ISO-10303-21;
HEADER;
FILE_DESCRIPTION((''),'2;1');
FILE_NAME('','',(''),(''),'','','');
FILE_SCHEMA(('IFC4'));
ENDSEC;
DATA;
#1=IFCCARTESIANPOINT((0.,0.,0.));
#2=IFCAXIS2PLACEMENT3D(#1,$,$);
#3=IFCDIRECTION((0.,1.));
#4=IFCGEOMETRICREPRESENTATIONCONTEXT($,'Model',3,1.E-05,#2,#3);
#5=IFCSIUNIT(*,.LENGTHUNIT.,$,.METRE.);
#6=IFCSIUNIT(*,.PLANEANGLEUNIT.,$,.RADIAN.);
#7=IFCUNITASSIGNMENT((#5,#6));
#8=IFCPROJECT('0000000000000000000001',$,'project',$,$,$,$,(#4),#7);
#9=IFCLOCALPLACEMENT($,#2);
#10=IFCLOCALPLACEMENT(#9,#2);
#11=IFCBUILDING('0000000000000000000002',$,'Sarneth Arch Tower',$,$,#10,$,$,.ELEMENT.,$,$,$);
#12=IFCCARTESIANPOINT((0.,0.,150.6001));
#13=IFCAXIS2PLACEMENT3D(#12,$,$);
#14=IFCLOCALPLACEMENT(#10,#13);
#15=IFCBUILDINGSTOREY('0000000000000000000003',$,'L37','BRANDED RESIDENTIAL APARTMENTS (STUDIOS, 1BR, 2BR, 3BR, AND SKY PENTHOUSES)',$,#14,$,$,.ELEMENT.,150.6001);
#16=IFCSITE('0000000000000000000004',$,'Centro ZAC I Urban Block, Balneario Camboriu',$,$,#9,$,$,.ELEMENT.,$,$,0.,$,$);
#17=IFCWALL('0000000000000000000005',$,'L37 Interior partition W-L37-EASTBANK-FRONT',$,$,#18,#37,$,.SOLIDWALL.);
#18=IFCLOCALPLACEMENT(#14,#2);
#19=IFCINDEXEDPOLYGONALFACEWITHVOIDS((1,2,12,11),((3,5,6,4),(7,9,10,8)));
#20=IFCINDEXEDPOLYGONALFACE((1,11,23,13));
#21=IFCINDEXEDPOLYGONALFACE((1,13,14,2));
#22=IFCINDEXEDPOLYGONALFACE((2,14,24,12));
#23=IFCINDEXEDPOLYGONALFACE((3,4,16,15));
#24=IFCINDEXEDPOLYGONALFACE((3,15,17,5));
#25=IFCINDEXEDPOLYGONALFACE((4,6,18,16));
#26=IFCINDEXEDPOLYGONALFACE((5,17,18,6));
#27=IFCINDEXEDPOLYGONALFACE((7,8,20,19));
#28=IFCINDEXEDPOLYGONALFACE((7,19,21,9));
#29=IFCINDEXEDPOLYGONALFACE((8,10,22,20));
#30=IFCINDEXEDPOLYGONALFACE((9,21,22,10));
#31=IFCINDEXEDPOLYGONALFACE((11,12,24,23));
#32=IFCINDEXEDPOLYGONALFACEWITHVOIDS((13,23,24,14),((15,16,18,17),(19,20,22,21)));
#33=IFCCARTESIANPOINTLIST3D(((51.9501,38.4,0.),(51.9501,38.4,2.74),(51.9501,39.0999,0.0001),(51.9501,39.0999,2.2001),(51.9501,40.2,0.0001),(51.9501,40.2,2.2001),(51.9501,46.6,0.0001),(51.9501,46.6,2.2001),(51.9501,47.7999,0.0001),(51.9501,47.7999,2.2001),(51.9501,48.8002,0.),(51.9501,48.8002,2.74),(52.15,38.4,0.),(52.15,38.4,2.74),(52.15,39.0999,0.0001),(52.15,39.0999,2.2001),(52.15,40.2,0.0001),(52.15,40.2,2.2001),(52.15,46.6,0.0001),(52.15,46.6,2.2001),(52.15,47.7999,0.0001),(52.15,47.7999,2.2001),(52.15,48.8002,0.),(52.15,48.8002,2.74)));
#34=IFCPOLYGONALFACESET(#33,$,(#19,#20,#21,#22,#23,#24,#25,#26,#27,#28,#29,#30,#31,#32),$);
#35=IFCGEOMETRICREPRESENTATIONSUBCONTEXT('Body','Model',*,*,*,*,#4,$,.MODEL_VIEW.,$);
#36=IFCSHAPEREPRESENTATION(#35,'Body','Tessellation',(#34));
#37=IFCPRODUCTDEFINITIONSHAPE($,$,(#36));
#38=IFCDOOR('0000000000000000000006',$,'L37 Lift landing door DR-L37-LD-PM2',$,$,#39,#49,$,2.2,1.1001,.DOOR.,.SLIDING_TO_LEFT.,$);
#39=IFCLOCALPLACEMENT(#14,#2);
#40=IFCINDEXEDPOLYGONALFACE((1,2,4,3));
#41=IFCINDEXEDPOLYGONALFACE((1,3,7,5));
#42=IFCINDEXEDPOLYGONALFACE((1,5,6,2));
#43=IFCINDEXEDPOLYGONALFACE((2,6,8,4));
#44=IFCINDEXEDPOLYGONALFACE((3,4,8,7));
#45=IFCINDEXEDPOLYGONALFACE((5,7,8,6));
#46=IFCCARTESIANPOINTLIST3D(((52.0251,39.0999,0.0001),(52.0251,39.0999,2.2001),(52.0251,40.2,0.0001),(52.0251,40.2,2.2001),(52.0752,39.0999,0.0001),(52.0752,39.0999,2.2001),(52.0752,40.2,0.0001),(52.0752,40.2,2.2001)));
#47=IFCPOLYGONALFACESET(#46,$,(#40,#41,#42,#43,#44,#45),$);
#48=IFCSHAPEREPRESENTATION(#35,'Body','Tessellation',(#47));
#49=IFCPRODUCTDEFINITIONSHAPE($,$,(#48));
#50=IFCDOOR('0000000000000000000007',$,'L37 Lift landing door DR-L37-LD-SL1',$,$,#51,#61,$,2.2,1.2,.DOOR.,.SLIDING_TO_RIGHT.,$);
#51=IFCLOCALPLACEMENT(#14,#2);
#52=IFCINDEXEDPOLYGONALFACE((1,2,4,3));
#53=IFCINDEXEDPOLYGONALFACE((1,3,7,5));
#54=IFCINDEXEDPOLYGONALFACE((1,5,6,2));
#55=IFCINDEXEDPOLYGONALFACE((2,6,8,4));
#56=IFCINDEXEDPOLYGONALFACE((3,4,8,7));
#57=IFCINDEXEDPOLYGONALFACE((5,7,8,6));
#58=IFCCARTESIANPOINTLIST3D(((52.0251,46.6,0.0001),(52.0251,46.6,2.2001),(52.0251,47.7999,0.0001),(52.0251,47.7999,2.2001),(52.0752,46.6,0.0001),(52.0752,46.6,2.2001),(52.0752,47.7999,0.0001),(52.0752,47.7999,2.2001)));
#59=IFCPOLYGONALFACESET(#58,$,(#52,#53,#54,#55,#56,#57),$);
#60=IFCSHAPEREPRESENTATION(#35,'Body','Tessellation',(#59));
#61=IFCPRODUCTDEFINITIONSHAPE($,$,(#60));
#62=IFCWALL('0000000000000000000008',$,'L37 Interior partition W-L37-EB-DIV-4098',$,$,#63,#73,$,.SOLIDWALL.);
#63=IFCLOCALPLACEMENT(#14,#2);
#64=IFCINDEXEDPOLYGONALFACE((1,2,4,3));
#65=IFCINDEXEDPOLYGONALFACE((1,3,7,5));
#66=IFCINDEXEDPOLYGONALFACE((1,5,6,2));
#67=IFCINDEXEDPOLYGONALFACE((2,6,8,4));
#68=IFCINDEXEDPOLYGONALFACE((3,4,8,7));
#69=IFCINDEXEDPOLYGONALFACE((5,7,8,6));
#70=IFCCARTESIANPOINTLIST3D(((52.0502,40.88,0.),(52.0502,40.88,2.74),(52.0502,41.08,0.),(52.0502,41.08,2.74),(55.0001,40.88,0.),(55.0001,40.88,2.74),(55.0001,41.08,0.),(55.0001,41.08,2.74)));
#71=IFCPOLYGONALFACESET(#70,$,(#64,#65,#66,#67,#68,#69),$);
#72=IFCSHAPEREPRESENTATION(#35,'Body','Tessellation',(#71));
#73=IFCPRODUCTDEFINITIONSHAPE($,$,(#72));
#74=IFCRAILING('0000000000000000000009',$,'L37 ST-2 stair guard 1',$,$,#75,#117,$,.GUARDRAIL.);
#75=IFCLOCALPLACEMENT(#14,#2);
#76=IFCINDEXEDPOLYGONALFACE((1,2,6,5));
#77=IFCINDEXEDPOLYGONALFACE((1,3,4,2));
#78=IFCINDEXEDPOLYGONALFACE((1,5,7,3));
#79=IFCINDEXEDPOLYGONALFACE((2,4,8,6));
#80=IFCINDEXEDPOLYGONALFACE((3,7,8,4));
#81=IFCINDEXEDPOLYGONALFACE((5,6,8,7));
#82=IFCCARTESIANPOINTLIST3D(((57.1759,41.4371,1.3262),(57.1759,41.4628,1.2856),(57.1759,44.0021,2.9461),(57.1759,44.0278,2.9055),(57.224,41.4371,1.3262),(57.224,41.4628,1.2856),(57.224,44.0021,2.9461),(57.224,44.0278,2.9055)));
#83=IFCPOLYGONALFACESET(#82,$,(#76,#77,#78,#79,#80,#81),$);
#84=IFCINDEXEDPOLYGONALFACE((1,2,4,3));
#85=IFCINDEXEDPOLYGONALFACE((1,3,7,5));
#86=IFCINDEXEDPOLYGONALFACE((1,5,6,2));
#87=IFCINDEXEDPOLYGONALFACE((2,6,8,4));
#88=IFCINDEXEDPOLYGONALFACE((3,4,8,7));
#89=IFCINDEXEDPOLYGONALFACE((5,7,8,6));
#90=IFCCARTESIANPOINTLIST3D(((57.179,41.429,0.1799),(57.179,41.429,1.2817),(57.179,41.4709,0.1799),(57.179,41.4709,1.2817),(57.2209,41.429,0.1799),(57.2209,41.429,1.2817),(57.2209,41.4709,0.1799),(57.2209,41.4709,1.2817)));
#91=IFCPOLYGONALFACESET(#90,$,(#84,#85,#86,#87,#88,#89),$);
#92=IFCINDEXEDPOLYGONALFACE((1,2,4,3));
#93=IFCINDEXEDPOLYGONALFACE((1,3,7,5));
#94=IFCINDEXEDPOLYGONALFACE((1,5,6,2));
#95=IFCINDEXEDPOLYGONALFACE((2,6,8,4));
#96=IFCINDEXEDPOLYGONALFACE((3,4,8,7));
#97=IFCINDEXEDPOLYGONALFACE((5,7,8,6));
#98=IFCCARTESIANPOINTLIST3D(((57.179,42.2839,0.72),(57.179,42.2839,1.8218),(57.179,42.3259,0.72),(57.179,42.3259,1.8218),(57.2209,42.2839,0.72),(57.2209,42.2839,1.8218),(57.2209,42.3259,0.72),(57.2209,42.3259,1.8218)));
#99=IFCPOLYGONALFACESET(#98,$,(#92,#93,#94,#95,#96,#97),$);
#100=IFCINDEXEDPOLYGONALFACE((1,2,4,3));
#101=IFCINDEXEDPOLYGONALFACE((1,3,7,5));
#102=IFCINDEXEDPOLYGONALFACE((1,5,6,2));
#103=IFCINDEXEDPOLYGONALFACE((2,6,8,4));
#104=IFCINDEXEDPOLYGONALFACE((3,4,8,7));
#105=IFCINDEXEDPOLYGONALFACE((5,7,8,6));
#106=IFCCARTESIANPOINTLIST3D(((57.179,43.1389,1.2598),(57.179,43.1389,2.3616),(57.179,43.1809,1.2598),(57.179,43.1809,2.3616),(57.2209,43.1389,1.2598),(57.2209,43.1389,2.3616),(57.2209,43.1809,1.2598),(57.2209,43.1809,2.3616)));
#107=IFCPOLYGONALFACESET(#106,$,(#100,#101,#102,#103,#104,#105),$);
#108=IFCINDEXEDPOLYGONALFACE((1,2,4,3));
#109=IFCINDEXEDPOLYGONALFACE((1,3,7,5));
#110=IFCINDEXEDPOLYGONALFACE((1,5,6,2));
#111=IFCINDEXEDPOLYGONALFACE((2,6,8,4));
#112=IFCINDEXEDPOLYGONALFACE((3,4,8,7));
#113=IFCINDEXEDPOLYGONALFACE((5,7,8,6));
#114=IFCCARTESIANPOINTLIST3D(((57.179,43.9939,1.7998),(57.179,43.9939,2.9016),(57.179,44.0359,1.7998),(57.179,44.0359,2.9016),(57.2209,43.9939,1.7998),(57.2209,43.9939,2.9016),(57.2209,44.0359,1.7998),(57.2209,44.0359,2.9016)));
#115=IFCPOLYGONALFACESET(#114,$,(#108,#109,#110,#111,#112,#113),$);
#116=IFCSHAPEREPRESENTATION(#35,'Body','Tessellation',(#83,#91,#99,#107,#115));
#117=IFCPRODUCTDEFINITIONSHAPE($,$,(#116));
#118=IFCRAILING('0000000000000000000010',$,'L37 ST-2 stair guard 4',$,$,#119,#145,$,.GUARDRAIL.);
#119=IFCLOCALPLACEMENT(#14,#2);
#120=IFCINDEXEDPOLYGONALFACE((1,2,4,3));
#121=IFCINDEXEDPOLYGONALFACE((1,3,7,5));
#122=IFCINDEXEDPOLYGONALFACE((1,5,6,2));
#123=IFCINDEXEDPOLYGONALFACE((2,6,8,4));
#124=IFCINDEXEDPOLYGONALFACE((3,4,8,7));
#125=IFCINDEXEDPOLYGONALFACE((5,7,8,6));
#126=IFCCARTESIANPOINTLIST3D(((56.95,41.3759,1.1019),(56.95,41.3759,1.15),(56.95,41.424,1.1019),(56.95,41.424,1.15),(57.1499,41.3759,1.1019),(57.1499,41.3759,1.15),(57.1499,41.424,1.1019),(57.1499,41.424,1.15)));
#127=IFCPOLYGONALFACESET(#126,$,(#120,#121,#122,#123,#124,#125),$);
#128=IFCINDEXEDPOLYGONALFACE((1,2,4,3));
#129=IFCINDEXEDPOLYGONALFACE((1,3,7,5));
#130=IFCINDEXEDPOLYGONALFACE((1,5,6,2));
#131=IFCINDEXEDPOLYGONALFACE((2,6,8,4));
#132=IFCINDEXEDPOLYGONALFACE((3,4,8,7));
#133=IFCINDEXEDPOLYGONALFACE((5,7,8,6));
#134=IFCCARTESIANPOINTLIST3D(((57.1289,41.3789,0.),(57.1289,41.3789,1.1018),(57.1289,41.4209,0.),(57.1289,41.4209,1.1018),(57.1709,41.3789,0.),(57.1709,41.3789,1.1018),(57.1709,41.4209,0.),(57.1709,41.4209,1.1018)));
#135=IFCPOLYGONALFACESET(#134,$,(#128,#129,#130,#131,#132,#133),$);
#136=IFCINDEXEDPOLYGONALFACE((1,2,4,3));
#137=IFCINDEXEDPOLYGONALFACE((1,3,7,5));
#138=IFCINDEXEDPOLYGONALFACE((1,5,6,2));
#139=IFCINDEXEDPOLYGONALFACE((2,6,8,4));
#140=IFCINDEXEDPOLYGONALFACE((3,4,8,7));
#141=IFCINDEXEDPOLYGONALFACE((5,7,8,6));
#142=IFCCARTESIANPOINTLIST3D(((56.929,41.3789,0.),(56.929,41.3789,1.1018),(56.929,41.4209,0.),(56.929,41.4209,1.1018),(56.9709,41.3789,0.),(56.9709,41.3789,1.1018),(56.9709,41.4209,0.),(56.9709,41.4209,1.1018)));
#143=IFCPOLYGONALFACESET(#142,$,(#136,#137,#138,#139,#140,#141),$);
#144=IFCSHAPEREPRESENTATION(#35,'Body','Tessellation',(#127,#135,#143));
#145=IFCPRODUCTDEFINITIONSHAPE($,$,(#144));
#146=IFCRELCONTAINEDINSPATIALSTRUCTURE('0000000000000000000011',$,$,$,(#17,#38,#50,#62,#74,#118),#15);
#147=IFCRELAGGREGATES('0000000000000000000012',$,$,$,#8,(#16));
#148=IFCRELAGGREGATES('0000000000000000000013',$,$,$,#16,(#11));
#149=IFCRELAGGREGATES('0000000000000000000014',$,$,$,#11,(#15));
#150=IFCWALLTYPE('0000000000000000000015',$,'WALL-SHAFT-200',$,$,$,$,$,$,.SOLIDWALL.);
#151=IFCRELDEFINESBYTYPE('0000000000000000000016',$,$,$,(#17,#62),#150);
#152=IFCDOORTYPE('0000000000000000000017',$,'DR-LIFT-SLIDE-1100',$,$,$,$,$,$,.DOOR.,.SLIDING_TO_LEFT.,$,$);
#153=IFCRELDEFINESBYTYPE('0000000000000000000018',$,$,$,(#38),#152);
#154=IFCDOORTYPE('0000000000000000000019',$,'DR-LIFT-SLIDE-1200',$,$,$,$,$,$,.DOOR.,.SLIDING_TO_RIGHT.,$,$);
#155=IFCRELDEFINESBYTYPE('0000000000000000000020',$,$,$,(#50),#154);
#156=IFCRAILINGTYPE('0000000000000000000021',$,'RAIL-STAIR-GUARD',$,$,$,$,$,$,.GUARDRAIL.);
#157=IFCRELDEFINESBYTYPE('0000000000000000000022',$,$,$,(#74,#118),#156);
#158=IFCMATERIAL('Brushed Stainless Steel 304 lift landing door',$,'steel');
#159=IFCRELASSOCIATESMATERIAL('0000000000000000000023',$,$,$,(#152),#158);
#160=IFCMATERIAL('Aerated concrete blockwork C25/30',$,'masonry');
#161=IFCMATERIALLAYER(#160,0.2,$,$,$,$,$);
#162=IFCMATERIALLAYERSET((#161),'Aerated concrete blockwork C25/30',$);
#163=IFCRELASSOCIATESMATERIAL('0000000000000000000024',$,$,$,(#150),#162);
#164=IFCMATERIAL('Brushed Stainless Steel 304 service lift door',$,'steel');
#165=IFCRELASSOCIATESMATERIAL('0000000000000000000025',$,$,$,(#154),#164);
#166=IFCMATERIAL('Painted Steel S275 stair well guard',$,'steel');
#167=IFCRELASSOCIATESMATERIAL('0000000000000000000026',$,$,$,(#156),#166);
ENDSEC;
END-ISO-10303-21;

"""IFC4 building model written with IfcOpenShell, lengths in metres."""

from ifc_helpers import new_model, si_unit, direction, frame, frame_2d, origin, origin_2d, place, context, subcontext, project, spatial, rectangle, extrude, material, layer, layer_set, type_object, element, fill, save


model = new_model("IFC4")

# Units and contexts
model_context = context("Model", 3, precision=1e-05, world=origin(), true_north=direction((0.0, 1.0)))
body_context = subcontext(model_context, "Body", "Model", "MODEL_VIEW")
ifc_project = project(units=[si_unit("LENGTHUNIT", "METRE"), si_unit("PLANEANGLEUNIT", "RADIAN")], contexts=[model_context])

# Site, building, storey
site_placement = place(None, origin())
site = spatial("IfcSite", under=ifc_project, at=site_placement, Name="Centro ZAC I Urban Block, Balneario Camboriu", CompositionType="ELEMENT", RefElevation=0.0)
building_placement = place(site_placement, origin())
building = spatial("IfcBuilding", under=site, at=building_placement, Name="Sarneth Arch Tower", CompositionType="ELEMENT")
storey_placement = place(building_placement, frame((0.0, 0.0, 150.6001)))
storey = spatial("IfcBuildingStorey", under=building, at=storey_placement, Name="L37", Description="BRANDED RESIDENTIAL APARTMENTS (STUDIOS, 1BR, 2BR, 3BR, AND SKY PENTHOUSES)", CompositionType="ELEMENT", Elevation=150.6001)

# Shared definitions
ifc_material_1 = material(Name="Brushed Stainless Steel 304 lift landing door", Category="steel")
door_type_1 = type_object("IfcDoorType", Name="DR-LIFT-SLIDE-1100", OperationType="SLIDING_TO_LEFT", PredefinedType="DOOR", material=ifc_material_1)

# Shared definitions
ifc_material_2 = material(Name="Aerated concrete blockwork C25/30", Category="masonry")
ifc_layer_1 = layer(ifc_material_2, 0.2)
ifc_layer_set_1 = layer_set([ifc_layer_1], Name="Aerated concrete blockwork C25/30")
wall_type_1 = type_object("IfcWallType", Name="WALL-SHAFT-200", PredefinedType="SOLIDWALL", material=ifc_layer_set_1)

# Wall, openings, doors
wall_1_placement = place(storey_placement, frame((52.05, 38.3999, 0.0), z_axis=(0.0, 0.0, 1.0), x_axis=(0.0, 1.0, 0.0)))
wall_1 = element("IfcWall", 1, at=wall_1_placement, inside=storey, type_object=wall_type_1, Name="L37 Interior partition W-L37-EASTBANK-FRONT", PredefinedType="SOLIDWALL", context=body_context, shape_type="SweptSolid", body=[
    extrude(rectangle(XDim=10.4001, YDim=0.2, at=frame_2d((5.2002, 0.0))), origin(), (0.0, 0.0, 1.0), 2.74),
])
opening_1_placement = place(wall_1_placement, frame((0.7, 0.0, 0.0)))
opening_1 = element("IfcOpeningElement", 2, at=opening_1_placement, cuts=wall_1, PredefinedType="OPENING", context=body_context, shape_type="SweptSolid", body=[
    extrude(rectangle(XDim=1.1001, YDim=2.2, at=frame_2d((0.55, 1.1001))), frame((0.0, 0.1099, 0.0), z_axis=(0.0, -1.0, 0.0), x_axis=(1.0, 0.0, 0.0)), (0.0, 0.0, 1.0), 0.22),
])
opening_2_placement = place(wall_1_placement, frame((8.2, 0.0, 0.0)))
opening_2 = element("IfcOpeningElement", 3, at=opening_2_placement, cuts=wall_1, PredefinedType="OPENING", context=body_context, shape_type="SweptSolid", body=[
    extrude(rectangle(XDim=1.2, YDim=2.2, at=frame_2d((0.6001, 1.1001))), frame((0.0, 0.1099, 0.0), z_axis=(0.0, -1.0, 0.0), x_axis=(1.0, 0.0, 0.0)), (0.0, 0.0, 1.0), 0.22),
])
door_1_placement = place(opening_1_placement, origin())
door_1 = element("IfcDoor", 4, at=door_1_placement, inside=storey, type_object=door_type_1, Name="L37 Lift landing door DR-L37-LD-PM2", OperationType="SLIDING_TO_LEFT", OverallHeight=2.2, OverallWidth=1.1001, PredefinedType="DOOR", context=body_context, shape_type="SweptSolid", body=[
    extrude(rectangle(XDim=1.1001, YDim=2.2, at=frame_2d((0.55, 1.1001))), frame((0.0, 0.0249, 0.0), z_axis=(0.0, -1.0, 0.0), x_axis=(1.0, 0.0, 0.0)), (0.0, 0.0, 1.0), 0.05),
])
fill(opening_1, door_1)
ifc_material_3 = material(Name="Brushed Stainless Steel 304 service lift door", Category="steel")
door_type_2 = type_object("IfcDoorType", Name="DR-LIFT-SLIDE-1200", OperationType="SLIDING_TO_RIGHT", PredefinedType="DOOR", material=ifc_material_3)
door_2_placement = place(opening_2_placement, origin())
door_2 = element("IfcDoor", 5, at=door_2_placement, inside=storey, type_object=door_type_2, Name="L37 Lift landing door DR-L37-LD-SL1", OperationType="SLIDING_TO_RIGHT", OverallHeight=2.2, OverallWidth=1.2, PredefinedType="DOOR", context=body_context, shape_type="SweptSolid", body=[
    extrude(rectangle(XDim=1.2, YDim=2.2, at=frame_2d((0.6001, 1.1001))), frame((0.0, 0.0249, 0.0), z_axis=(0.0, -1.0, 0.0), x_axis=(1.0, 0.0, 0.0)), (0.0, 0.0, 1.0), 0.05),
])
fill(opening_2, door_2)

# Wall
wall_2_placement = place(storey_placement, frame((52.05, 40.98, 0.0), z_axis=(0.0, 0.0, 1.0), x_axis=(1.0, 0.0, 0.0)))
element("IfcWall", 6, at=wall_2_placement, inside=storey, type_object=wall_type_1, Name="L37 Interior partition W-L37-EB-DIV-4098", PredefinedType="SOLIDWALL", context=body_context, shape_type="SweptSolid", body=[
    extrude(rectangle(XDim=2.95, YDim=0.2, at=frame_2d((1.4751, 0.0))), origin(), (0.0, 0.0, 1.0), 2.74),
])

# Railings
ifc_material_4 = material(Name="Painted Steel S275 stair well guard", Category="steel")
railing_type = type_object("IfcRailingType", Name="RAIL-STAIR-GUARD", PredefinedType="GUARDRAIL", material=ifc_material_4)
railing_1_placement = place(storey_placement, frame((57.2, 41.45, 0.1799)))
element("IfcRailing", 7, at=railing_1_placement, inside=storey, type_object=railing_type, Name="L37 ST-2 stair guard 1", PredefinedType="GUARDRAIL", context=body_context, shape_type="SweptSolid", body=[
    extrude(rectangle(XDim=0.0481, YDim=0.0481, at=origin_2d()), frame((0.0, 0.0, 1.126), z_axis=(0.0, 0.845502, 0.533972), x_axis=(-1.0, 0.0, 0.0)), (0.0, 0.0, 1.0), 3.0337),
    extrude(rectangle(XDim=0.042, YDim=0.042, at=origin_2d()), origin(), (0.0, 0.0, 1.0), 1.1018),
    extrude(rectangle(XDim=0.042, YDim=0.042, at=origin_2d()), frame((0.0, 0.855, 0.54)), (0.0, 0.0, 1.0), 1.1018),
    extrude(rectangle(XDim=0.042, YDim=0.042, at=origin_2d()), frame((0.0, 1.71, 1.0798)), (0.0, 0.0, 1.0), 1.1018),
    extrude(rectangle(XDim=0.042, YDim=0.042, at=origin_2d()), frame((0.0, 2.5649, 1.6199)), (0.0, 0.0, 1.0), 1.1018),
])
railing_2_placement = place(storey_placement, frame((57.1499, 41.3999, 0.0)))
element("IfcRailing", 8, at=railing_2_placement, inside=storey, type_object=railing_type, Name="L37 ST-2 stair guard 4", PredefinedType="GUARDRAIL", context=body_context, shape_type="SweptSolid", body=[
    extrude(rectangle(XDim=0.0481, YDim=0.0481, at=origin_2d()), frame((0.0, 0.0, 1.126), z_axis=(-1.0, 0.0, 0.0), x_axis=(0.0, -1.0, 0.0)), (0.0, 0.0, 1.0), 0.2),
    extrude(rectangle(XDim=0.042, YDim=0.042, at=origin_2d()), origin(), (0.0, 0.0, 1.0), 1.1018),
    extrude(rectangle(XDim=0.042, YDim=0.042, at=origin_2d()), frame((-0.2, 0.0, 0.0)), (0.0, 0.0, 1.0), 1.1018),
])

save(model, "model.ifc")
